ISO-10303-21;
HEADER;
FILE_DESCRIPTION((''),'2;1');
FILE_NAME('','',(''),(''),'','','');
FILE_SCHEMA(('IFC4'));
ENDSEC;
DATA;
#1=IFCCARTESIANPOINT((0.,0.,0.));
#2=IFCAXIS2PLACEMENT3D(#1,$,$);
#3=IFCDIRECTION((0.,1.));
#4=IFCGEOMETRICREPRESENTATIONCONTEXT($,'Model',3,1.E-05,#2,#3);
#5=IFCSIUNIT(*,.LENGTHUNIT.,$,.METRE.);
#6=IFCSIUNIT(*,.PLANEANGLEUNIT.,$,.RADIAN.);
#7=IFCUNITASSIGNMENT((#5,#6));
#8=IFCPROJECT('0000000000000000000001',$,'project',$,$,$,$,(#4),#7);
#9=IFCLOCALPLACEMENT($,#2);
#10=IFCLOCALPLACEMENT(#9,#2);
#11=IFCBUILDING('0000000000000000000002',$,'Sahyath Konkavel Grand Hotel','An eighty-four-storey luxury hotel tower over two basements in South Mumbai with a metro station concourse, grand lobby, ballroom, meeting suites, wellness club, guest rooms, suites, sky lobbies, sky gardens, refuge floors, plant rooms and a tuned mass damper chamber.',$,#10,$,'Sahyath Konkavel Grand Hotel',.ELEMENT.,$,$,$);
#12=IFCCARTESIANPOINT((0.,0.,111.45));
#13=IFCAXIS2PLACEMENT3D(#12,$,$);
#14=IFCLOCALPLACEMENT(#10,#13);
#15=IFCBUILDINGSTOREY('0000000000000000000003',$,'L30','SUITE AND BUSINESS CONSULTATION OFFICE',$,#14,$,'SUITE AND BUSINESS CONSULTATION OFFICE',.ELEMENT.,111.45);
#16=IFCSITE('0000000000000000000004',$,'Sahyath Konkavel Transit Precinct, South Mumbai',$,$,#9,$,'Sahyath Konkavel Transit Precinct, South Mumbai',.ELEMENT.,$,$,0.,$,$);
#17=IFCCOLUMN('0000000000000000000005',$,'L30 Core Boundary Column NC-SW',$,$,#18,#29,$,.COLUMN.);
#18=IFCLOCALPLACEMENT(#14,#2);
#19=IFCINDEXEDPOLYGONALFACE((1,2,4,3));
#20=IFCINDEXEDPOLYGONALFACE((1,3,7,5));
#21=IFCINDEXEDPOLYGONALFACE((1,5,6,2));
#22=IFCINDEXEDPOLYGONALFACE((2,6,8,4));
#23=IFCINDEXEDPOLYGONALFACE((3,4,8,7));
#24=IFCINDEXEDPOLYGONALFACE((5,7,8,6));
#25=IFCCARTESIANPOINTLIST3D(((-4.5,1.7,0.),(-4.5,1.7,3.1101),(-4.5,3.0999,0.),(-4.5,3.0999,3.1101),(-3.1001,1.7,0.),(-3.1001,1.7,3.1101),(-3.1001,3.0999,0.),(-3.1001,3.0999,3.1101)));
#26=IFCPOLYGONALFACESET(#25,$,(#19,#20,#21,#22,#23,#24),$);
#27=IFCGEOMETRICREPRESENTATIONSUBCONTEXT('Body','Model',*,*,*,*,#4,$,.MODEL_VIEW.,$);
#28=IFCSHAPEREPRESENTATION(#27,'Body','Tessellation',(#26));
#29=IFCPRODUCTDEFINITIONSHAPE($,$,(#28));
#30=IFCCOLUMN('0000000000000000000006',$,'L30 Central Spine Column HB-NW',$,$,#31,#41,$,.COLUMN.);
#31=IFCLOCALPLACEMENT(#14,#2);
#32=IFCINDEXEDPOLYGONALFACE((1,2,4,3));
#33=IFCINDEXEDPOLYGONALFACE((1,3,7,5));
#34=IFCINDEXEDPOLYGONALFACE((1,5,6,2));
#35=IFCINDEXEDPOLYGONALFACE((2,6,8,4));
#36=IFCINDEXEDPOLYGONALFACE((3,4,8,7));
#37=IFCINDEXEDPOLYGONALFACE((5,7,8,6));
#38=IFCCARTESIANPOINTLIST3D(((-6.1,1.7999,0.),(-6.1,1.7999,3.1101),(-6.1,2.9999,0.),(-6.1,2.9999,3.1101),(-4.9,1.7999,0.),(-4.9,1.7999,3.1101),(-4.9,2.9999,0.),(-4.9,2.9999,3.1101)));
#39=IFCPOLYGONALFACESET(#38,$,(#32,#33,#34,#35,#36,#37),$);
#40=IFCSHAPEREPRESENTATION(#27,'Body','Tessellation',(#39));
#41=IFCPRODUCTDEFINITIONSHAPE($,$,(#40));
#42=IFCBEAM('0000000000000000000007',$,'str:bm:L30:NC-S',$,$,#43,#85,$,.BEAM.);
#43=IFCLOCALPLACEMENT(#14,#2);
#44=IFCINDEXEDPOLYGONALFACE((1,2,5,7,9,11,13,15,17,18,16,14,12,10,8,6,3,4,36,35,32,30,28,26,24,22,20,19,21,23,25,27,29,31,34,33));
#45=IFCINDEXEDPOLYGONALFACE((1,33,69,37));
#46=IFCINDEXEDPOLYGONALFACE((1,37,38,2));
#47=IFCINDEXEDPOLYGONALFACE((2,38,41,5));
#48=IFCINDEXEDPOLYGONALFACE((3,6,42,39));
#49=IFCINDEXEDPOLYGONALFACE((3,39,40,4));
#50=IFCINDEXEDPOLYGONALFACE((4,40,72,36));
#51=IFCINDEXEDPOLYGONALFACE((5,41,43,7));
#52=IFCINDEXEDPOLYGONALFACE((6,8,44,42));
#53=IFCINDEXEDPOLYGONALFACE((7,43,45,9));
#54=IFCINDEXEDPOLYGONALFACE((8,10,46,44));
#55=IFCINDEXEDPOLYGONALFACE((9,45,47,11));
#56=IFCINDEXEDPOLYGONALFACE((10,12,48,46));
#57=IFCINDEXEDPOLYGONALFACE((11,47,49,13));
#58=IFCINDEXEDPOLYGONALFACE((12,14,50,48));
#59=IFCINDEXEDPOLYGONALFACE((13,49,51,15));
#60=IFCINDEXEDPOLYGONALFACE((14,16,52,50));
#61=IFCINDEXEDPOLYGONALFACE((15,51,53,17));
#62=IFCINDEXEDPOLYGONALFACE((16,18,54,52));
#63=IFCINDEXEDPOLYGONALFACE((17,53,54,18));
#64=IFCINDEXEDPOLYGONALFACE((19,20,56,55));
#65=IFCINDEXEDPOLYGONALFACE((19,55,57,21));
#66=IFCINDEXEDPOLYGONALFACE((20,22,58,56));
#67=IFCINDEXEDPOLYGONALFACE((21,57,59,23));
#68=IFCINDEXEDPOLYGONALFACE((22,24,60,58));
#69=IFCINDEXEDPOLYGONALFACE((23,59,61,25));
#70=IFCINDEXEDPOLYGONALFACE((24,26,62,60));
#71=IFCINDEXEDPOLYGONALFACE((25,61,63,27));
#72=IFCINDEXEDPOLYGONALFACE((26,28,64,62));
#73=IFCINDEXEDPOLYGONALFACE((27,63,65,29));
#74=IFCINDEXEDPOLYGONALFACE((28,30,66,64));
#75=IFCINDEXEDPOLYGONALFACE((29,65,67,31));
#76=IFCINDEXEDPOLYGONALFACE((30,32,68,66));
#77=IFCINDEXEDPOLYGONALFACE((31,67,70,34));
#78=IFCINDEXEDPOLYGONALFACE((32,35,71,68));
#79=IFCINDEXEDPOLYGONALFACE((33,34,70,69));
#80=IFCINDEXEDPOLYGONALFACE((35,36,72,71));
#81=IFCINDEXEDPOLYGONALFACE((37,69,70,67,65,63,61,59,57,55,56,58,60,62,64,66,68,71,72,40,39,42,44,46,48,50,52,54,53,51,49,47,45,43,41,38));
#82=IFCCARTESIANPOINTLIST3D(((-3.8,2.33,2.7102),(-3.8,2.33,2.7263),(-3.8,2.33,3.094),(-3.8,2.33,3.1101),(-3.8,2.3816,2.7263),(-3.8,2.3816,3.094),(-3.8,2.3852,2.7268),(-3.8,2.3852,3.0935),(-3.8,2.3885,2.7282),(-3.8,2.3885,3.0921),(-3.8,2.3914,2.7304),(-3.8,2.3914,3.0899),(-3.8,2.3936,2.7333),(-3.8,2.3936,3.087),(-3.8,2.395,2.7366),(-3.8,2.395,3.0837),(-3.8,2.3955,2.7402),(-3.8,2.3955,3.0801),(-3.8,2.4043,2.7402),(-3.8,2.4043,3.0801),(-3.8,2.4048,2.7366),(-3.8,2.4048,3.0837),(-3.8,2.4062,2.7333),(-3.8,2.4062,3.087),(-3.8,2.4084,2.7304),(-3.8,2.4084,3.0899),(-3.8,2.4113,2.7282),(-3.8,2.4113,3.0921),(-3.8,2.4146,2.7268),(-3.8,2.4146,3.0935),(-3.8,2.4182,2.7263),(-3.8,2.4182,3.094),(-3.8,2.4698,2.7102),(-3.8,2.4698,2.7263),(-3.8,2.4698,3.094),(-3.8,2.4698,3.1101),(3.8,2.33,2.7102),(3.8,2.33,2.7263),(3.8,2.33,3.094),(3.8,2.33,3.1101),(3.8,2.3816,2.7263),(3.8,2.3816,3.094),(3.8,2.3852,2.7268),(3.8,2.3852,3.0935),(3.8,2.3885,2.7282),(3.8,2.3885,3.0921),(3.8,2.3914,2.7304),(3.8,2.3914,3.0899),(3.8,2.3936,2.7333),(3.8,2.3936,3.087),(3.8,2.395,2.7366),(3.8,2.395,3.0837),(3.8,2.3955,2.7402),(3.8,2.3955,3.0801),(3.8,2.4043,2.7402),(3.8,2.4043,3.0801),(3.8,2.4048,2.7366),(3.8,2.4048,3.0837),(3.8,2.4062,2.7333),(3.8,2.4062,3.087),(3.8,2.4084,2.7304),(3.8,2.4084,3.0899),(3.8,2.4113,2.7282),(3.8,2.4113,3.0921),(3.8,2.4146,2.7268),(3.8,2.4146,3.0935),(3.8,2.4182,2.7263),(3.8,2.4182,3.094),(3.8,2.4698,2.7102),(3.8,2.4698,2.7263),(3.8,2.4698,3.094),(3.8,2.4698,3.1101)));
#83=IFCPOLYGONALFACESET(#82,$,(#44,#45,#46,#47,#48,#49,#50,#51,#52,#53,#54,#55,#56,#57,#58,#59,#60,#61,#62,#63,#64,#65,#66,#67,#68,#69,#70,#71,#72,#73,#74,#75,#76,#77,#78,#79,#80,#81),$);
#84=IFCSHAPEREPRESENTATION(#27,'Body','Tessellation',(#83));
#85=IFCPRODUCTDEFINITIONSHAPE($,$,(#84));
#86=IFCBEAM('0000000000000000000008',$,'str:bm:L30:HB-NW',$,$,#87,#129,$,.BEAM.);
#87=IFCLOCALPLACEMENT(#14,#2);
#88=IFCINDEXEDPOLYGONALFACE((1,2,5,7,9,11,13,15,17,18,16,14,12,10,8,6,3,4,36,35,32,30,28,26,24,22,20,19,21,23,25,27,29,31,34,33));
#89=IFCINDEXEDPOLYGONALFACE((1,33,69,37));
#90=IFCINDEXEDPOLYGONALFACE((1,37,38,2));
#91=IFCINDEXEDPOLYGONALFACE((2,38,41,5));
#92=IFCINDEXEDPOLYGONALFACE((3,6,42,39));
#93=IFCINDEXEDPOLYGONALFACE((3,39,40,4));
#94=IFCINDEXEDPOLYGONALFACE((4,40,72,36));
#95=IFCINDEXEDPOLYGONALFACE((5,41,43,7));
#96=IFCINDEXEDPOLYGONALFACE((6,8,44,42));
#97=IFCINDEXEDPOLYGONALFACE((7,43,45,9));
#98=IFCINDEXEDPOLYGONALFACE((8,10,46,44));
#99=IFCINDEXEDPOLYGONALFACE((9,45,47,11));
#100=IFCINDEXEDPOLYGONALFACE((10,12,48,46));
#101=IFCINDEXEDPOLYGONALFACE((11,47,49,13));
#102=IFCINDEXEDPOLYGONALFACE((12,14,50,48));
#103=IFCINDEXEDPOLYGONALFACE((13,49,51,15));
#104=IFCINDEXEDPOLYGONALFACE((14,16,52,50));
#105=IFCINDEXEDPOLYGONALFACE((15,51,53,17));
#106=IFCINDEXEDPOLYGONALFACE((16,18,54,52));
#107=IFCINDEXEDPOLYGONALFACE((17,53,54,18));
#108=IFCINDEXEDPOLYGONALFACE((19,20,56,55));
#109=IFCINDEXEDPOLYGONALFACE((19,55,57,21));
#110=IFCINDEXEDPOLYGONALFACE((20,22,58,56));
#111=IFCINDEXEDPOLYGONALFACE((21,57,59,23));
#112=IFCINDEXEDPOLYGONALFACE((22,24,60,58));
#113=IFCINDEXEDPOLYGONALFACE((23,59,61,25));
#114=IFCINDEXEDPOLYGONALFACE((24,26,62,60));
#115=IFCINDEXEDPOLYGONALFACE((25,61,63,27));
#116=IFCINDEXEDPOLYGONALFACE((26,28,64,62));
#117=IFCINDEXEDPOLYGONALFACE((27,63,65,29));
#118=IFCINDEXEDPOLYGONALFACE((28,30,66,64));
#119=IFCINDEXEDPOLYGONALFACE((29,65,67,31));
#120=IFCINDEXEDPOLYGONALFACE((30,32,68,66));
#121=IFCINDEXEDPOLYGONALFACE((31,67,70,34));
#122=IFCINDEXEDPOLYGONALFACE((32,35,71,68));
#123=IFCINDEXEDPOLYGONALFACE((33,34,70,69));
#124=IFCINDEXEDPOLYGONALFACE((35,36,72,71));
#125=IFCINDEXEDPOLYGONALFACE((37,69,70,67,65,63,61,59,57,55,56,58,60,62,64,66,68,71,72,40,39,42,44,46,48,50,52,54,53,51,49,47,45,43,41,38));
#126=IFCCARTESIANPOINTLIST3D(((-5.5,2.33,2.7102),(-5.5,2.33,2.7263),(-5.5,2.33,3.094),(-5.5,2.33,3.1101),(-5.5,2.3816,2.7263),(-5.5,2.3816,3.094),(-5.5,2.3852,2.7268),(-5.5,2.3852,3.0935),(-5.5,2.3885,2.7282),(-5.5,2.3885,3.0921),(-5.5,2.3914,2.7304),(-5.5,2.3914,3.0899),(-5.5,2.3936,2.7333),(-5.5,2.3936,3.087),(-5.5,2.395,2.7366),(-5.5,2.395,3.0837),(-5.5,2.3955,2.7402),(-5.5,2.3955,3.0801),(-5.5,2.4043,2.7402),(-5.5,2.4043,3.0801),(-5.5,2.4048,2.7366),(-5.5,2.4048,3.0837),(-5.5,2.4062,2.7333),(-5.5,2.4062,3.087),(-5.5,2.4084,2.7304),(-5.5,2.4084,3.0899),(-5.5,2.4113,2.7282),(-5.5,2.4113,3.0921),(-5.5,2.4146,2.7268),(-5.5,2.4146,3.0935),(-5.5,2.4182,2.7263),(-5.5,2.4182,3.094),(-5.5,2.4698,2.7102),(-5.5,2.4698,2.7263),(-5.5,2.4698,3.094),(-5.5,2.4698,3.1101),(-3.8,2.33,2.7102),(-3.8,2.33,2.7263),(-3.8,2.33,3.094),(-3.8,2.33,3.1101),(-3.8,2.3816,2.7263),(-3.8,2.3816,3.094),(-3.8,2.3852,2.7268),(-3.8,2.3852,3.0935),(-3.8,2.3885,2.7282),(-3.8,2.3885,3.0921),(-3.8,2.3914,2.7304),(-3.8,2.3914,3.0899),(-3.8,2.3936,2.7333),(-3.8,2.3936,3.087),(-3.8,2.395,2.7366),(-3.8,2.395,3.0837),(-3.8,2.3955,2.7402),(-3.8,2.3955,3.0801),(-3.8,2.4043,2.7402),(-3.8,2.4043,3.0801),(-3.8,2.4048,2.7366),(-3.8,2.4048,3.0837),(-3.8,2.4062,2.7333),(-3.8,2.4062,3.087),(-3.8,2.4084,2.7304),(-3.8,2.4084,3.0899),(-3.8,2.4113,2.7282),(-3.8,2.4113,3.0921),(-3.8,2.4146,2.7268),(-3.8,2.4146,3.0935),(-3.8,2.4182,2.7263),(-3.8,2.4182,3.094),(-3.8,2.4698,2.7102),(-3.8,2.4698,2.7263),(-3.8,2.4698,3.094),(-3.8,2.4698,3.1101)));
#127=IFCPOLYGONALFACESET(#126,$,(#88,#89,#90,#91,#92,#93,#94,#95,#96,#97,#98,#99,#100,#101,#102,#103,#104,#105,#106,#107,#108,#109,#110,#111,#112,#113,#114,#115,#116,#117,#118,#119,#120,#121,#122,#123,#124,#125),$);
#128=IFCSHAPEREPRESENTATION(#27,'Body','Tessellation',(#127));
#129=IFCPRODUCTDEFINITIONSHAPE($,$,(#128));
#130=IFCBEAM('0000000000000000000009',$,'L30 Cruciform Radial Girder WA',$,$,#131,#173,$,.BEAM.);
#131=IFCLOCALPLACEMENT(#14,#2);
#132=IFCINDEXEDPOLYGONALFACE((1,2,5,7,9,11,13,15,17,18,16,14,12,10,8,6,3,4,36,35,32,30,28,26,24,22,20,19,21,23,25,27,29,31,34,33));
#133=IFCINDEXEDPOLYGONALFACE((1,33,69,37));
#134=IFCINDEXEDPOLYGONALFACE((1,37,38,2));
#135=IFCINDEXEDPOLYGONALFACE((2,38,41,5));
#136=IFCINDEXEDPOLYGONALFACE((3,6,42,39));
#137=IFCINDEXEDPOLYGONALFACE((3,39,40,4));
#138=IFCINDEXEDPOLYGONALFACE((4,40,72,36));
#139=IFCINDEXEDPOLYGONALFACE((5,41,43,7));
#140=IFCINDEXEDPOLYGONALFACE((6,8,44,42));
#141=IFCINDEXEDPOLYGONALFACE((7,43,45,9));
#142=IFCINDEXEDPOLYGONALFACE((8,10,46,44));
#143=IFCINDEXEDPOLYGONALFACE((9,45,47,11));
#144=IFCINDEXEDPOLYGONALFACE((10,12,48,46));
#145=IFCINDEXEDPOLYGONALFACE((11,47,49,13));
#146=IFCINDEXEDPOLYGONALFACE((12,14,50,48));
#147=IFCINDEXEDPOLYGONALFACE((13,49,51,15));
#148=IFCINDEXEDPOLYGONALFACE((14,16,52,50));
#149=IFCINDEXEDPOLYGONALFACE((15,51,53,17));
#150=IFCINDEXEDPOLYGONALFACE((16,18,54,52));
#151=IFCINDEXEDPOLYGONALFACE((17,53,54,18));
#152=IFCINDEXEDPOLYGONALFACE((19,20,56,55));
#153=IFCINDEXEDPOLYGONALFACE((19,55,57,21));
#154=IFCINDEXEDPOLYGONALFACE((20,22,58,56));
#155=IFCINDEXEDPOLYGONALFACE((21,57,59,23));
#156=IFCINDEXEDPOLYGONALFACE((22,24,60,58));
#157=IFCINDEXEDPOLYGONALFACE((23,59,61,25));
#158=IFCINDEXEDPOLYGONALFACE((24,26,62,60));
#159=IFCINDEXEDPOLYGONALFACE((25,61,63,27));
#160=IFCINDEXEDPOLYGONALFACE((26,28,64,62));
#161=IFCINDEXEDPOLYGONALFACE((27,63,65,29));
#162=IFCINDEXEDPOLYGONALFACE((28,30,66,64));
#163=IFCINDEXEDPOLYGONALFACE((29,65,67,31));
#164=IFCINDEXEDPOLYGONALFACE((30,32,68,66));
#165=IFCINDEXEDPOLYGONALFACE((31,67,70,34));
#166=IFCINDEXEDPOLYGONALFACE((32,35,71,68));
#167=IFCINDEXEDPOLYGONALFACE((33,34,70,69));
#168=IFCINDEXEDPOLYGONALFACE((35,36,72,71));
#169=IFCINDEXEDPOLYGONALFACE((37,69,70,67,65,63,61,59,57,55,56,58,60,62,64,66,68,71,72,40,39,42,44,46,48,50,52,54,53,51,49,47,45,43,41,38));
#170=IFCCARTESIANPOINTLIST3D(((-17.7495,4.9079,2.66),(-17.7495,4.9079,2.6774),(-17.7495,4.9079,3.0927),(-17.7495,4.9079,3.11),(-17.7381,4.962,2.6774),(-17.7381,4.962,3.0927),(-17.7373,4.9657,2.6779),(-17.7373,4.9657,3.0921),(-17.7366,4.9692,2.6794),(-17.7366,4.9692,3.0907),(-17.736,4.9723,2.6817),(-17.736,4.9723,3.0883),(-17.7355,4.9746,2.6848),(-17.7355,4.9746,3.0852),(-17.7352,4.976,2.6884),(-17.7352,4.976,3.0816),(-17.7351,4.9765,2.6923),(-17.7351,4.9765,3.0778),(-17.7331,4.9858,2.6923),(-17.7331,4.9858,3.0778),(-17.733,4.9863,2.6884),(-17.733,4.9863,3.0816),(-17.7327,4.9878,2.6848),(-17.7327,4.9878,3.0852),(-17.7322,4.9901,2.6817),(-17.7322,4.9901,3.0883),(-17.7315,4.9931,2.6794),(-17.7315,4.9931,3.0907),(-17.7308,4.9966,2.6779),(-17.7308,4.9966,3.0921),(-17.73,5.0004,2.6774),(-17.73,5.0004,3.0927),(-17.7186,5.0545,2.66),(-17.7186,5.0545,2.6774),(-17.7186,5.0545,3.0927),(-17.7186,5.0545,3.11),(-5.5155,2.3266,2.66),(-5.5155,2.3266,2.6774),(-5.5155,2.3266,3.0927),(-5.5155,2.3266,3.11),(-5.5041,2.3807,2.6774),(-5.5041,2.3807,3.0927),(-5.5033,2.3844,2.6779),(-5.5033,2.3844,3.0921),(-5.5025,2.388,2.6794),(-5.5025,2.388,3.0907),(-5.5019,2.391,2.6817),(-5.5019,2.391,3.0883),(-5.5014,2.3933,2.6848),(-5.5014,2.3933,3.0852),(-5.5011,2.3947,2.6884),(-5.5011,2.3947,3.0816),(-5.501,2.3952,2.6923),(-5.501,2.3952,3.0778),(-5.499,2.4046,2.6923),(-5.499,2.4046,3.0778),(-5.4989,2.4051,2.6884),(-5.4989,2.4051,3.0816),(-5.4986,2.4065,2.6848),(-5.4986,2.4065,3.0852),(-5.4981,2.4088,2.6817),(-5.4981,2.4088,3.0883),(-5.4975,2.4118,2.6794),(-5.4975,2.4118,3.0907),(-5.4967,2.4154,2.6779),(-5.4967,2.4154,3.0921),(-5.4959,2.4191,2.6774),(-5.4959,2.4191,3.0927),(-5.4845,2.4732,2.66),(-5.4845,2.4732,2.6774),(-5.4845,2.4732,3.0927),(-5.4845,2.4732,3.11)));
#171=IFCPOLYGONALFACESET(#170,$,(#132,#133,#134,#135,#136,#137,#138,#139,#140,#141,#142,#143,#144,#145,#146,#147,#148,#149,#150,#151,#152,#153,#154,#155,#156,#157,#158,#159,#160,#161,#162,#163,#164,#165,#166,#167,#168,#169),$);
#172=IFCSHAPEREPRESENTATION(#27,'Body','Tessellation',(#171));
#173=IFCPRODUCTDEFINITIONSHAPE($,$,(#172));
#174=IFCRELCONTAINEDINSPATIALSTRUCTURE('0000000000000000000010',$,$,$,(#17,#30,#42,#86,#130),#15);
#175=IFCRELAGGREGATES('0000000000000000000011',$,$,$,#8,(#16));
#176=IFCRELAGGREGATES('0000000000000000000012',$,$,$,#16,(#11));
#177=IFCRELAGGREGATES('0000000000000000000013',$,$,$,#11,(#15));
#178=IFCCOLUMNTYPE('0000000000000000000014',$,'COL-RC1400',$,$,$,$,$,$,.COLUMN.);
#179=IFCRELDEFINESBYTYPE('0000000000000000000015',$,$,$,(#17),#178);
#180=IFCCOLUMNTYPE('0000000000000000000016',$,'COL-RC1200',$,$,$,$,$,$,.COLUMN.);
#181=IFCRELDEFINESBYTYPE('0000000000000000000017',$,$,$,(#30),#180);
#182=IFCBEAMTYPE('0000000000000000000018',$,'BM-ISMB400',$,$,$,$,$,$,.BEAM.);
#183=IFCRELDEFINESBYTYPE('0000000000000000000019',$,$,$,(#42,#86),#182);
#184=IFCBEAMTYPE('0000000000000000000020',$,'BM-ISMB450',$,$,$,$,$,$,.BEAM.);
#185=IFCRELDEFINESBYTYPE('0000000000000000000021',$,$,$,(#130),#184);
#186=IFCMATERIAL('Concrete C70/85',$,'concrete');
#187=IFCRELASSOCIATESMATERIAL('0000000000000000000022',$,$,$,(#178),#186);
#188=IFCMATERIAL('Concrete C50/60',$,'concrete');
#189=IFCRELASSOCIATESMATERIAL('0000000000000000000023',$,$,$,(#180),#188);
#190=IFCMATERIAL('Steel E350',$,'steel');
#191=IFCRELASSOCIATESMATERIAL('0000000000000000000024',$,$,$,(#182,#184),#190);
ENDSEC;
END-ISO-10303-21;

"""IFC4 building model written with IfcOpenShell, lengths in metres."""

from ifc_helpers import new_model, si_unit, direction, frame, origin, origin_2d, place, context, subcontext, project, spatial, rectangle, i_section, extrude, source, transform, mapped, material, material_profile, profile_set, type_object, element, save


model = new_model("IFC4")

# Units and contexts
model_context = context("Model", 3, precision=1e-05, world=origin(), true_north=direction((0.0, 1.0)))
body_context = subcontext(model_context, "Body", "Model", "MODEL_VIEW")
ifc_project = project(units=[si_unit("LENGTHUNIT", "METRE"), si_unit("PLANEANGLEUNIT", "RADIAN")], contexts=[model_context])

# Site, building, storey
site_placement = place(None, origin())
site = spatial("IfcSite", under=ifc_project, at=site_placement, Name="Sahyath Konkavel Transit Precinct, South Mumbai", LongName="Sahyath Konkavel Transit Precinct, South Mumbai", CompositionType="ELEMENT", RefElevation=0.0)
building_placement = place(site_placement, origin())
building = spatial("IfcBuilding", under=site, at=building_placement, Name="Sahyath Konkavel Grand Hotel", Description="An eighty-four-storey luxury hotel tower over two basements in South Mumbai with a metro station concourse, grand lobby, ballroom, meeting suites, wellness club, guest rooms, suites, sky lobbies, sky gardens, refuge floors, plant rooms and a tuned mass damper chamber.", LongName="Sahyath Konkavel Grand Hotel", CompositionType="ELEMENT")
storey_placement = place(building_placement, frame((0.0, 0.0, 111.45)))
storey = spatial("IfcBuildingStorey", under=building, at=storey_placement, Name="L30", Description="SUITE AND BUSINESS CONSULTATION OFFICE", LongName="SUITE AND BUSINESS CONSULTATION OFFICE", CompositionType="ELEMENT", Elevation=111.45)

# Columns
ifc_material_1 = material(Name="Concrete C70/85", Category="concrete")
ifc_material_profile_1 = material_profile(ifc_material_1, rectangle(XDim=1.3999, YDim=1.3999, at=origin_2d()), Name="RC 1400x1400")
ifc_profile_set_1 = profile_set([ifc_material_profile_1], Name="Concrete C70/85")
column_type_1 = type_object("IfcColumnType", Name="COL-RC1400", PredefinedType="COLUMN", material=ifc_profile_set_1)
shared_shape_1 = source(origin(), body_context, "Body", "SweptSolid", [
    extrude(rectangle(XDim=1.3999, YDim=1.3999, at=origin_2d()), origin(), (0.0, 0.0, 1.0), 3.1101),
])
column_1_placement = place(storey_placement, frame((-3.8, 2.3999, 0.0), z_axis=(0.0, 0.0, 1.0), x_axis=(1.0, 0.0, 0.0)))
element("IfcColumn", 1, at=column_1_placement, inside=storey, type_object=column_type_1, Name="L30 Core Boundary Column NC-SW", PredefinedType="COLUMN", context=body_context, shape_type="MappedRepresentation", body=[
    mapped(shared_shape_1, transform((0.0, 0.0, 0.0), scale=1.0)),
])
ifc_material_2 = material(Name="Concrete C50/60", Category="concrete")
ifc_material_profile_2 = material_profile(ifc_material_2, rectangle(XDim=1.2, YDim=1.2, at=origin_2d()), Name="RC 1200x1200")
ifc_profile_set_2 = profile_set([ifc_material_profile_2], Name="Concrete C50/60")
column_type_2 = type_object("IfcColumnType", Name="COL-RC1200", PredefinedType="COLUMN", material=ifc_profile_set_2)
shared_shape_2 = source(origin(), body_context, "Body", "SweptSolid", [
    extrude(rectangle(XDim=1.2, YDim=1.2, at=origin_2d()), origin(), (0.0, 0.0, 1.0), 3.1101),
])
column_2_placement = place(storey_placement, frame((-5.5, 2.3999, 0.0), z_axis=(0.0, 0.0, 1.0), x_axis=(1.0, 0.0, 0.0)))
element("IfcColumn", 2, at=column_2_placement, inside=storey, type_object=column_type_2, Name="L30 Central Spine Column HB-NW", PredefinedType="COLUMN", context=body_context, shape_type="MappedRepresentation", body=[
    mapped(shared_shape_2, transform((0.0, 0.0, 0.0), scale=1.0)),
])

# Beams
ifc_material_3 = material(Name="Steel E350", Category="steel")
ifc_material_profile_3 = material_profile(ifc_material_3, i_section(OverallWidth=0.1399, OverallDepth=0.3999, WebThickness=0.0088, FlangeThickness=0.0161, FilletRadius=0.0139, at=origin_2d()), Name="ISMB 400")
ifc_profile_set_3 = profile_set([ifc_material_profile_3], Name="Steel E350")
beam_type_1 = type_object("IfcBeamType", Name="BM-ISMB400", PredefinedType="BEAM", material=ifc_profile_set_3)
shared_shape_3 = source(origin(), body_context, "Body", "SweptSolid", [
    extrude(i_section(OverallWidth=0.1399, OverallDepth=0.3999, WebThickness=0.0088, FlangeThickness=0.0161, FilletRadius=0.0139, at=origin_2d()), origin(), (0.0, 0.0, 1.0), 7.6001),
])
beam_1_placement = place(storey_placement, frame((-3.8, 2.3999, 2.9102), z_axis=(1.0, 0.0, 0.0), x_axis=(0.0, 1.0, 0.0)))
element("IfcBeam", 3, at=beam_1_placement, inside=storey, type_object=beam_type_1, Name="str:bm:L30:NC-S", PredefinedType="BEAM", context=body_context, shape_type="MappedRepresentation", body=[
    mapped(shared_shape_3, transform((0.0, 0.0, 0.0), scale=1.0)),
])
shared_shape_4 = source(origin(), body_context, "Body", "SweptSolid", [
    extrude(i_section(OverallWidth=0.1399, OverallDepth=0.3999, WebThickness=0.0088, FlangeThickness=0.0161, FilletRadius=0.0139, at=origin_2d()), origin(), (0.0, 0.0, 1.0), 1.7),
])
beam_2_placement = place(storey_placement, frame((-5.5, 2.3999, 2.9102), z_axis=(1.0, 0.0, 0.0), x_axis=(0.0, 1.0, 0.0)))
element("IfcBeam", 4, at=beam_2_placement, inside=storey, type_object=beam_type_1, Name="str:bm:L30:HB-NW", PredefinedType="BEAM", context=body_context, shape_type="MappedRepresentation", body=[
    mapped(shared_shape_4, transform((0.0, 0.0, 0.0), scale=1.0)),
])
ifc_material_profile_4 = material_profile(ifc_material_3, i_section(OverallWidth=0.1499, OverallDepth=0.45, WebThickness=0.0095, FlangeThickness=0.0173, FilletRadius=0.0149, at=origin_2d()), Name="ISMB 450")
ifc_profile_set_4 = profile_set([ifc_material_profile_4], Name="Steel E350")
beam_type_2 = type_object("IfcBeamType", Name="BM-ISMB450", PredefinedType="BEAM", material=ifc_profile_set_4)
shared_shape_5 = source(origin(), body_context, "Body", "SweptSolid", [
    extrude(i_section(OverallWidth=0.1499, OverallDepth=0.45, WebThickness=0.0095, FlangeThickness=0.0173, FilletRadius=0.0149, at=origin_2d()), origin(), (0.0, 0.0, 1.0), 12.5034),
])
beam_3_placement = place(storey_placement, frame((-5.5, 2.3999, 2.885), z_axis=(-0.978458, 0.206446, 0.0), x_axis=(-0.206446, -0.978458, 0.0)))
element("IfcBeam", 5, at=beam_3_placement, inside=storey, type_object=beam_type_2, Name="L30 Cruciform Radial Girder WA", PredefinedType="BEAM", context=body_context, shape_type="MappedRepresentation", body=[
    mapped(shared_shape_5, transform((0.0, 0.0, 0.0), scale=1.0)),
])

save(model, "model.ifc")
